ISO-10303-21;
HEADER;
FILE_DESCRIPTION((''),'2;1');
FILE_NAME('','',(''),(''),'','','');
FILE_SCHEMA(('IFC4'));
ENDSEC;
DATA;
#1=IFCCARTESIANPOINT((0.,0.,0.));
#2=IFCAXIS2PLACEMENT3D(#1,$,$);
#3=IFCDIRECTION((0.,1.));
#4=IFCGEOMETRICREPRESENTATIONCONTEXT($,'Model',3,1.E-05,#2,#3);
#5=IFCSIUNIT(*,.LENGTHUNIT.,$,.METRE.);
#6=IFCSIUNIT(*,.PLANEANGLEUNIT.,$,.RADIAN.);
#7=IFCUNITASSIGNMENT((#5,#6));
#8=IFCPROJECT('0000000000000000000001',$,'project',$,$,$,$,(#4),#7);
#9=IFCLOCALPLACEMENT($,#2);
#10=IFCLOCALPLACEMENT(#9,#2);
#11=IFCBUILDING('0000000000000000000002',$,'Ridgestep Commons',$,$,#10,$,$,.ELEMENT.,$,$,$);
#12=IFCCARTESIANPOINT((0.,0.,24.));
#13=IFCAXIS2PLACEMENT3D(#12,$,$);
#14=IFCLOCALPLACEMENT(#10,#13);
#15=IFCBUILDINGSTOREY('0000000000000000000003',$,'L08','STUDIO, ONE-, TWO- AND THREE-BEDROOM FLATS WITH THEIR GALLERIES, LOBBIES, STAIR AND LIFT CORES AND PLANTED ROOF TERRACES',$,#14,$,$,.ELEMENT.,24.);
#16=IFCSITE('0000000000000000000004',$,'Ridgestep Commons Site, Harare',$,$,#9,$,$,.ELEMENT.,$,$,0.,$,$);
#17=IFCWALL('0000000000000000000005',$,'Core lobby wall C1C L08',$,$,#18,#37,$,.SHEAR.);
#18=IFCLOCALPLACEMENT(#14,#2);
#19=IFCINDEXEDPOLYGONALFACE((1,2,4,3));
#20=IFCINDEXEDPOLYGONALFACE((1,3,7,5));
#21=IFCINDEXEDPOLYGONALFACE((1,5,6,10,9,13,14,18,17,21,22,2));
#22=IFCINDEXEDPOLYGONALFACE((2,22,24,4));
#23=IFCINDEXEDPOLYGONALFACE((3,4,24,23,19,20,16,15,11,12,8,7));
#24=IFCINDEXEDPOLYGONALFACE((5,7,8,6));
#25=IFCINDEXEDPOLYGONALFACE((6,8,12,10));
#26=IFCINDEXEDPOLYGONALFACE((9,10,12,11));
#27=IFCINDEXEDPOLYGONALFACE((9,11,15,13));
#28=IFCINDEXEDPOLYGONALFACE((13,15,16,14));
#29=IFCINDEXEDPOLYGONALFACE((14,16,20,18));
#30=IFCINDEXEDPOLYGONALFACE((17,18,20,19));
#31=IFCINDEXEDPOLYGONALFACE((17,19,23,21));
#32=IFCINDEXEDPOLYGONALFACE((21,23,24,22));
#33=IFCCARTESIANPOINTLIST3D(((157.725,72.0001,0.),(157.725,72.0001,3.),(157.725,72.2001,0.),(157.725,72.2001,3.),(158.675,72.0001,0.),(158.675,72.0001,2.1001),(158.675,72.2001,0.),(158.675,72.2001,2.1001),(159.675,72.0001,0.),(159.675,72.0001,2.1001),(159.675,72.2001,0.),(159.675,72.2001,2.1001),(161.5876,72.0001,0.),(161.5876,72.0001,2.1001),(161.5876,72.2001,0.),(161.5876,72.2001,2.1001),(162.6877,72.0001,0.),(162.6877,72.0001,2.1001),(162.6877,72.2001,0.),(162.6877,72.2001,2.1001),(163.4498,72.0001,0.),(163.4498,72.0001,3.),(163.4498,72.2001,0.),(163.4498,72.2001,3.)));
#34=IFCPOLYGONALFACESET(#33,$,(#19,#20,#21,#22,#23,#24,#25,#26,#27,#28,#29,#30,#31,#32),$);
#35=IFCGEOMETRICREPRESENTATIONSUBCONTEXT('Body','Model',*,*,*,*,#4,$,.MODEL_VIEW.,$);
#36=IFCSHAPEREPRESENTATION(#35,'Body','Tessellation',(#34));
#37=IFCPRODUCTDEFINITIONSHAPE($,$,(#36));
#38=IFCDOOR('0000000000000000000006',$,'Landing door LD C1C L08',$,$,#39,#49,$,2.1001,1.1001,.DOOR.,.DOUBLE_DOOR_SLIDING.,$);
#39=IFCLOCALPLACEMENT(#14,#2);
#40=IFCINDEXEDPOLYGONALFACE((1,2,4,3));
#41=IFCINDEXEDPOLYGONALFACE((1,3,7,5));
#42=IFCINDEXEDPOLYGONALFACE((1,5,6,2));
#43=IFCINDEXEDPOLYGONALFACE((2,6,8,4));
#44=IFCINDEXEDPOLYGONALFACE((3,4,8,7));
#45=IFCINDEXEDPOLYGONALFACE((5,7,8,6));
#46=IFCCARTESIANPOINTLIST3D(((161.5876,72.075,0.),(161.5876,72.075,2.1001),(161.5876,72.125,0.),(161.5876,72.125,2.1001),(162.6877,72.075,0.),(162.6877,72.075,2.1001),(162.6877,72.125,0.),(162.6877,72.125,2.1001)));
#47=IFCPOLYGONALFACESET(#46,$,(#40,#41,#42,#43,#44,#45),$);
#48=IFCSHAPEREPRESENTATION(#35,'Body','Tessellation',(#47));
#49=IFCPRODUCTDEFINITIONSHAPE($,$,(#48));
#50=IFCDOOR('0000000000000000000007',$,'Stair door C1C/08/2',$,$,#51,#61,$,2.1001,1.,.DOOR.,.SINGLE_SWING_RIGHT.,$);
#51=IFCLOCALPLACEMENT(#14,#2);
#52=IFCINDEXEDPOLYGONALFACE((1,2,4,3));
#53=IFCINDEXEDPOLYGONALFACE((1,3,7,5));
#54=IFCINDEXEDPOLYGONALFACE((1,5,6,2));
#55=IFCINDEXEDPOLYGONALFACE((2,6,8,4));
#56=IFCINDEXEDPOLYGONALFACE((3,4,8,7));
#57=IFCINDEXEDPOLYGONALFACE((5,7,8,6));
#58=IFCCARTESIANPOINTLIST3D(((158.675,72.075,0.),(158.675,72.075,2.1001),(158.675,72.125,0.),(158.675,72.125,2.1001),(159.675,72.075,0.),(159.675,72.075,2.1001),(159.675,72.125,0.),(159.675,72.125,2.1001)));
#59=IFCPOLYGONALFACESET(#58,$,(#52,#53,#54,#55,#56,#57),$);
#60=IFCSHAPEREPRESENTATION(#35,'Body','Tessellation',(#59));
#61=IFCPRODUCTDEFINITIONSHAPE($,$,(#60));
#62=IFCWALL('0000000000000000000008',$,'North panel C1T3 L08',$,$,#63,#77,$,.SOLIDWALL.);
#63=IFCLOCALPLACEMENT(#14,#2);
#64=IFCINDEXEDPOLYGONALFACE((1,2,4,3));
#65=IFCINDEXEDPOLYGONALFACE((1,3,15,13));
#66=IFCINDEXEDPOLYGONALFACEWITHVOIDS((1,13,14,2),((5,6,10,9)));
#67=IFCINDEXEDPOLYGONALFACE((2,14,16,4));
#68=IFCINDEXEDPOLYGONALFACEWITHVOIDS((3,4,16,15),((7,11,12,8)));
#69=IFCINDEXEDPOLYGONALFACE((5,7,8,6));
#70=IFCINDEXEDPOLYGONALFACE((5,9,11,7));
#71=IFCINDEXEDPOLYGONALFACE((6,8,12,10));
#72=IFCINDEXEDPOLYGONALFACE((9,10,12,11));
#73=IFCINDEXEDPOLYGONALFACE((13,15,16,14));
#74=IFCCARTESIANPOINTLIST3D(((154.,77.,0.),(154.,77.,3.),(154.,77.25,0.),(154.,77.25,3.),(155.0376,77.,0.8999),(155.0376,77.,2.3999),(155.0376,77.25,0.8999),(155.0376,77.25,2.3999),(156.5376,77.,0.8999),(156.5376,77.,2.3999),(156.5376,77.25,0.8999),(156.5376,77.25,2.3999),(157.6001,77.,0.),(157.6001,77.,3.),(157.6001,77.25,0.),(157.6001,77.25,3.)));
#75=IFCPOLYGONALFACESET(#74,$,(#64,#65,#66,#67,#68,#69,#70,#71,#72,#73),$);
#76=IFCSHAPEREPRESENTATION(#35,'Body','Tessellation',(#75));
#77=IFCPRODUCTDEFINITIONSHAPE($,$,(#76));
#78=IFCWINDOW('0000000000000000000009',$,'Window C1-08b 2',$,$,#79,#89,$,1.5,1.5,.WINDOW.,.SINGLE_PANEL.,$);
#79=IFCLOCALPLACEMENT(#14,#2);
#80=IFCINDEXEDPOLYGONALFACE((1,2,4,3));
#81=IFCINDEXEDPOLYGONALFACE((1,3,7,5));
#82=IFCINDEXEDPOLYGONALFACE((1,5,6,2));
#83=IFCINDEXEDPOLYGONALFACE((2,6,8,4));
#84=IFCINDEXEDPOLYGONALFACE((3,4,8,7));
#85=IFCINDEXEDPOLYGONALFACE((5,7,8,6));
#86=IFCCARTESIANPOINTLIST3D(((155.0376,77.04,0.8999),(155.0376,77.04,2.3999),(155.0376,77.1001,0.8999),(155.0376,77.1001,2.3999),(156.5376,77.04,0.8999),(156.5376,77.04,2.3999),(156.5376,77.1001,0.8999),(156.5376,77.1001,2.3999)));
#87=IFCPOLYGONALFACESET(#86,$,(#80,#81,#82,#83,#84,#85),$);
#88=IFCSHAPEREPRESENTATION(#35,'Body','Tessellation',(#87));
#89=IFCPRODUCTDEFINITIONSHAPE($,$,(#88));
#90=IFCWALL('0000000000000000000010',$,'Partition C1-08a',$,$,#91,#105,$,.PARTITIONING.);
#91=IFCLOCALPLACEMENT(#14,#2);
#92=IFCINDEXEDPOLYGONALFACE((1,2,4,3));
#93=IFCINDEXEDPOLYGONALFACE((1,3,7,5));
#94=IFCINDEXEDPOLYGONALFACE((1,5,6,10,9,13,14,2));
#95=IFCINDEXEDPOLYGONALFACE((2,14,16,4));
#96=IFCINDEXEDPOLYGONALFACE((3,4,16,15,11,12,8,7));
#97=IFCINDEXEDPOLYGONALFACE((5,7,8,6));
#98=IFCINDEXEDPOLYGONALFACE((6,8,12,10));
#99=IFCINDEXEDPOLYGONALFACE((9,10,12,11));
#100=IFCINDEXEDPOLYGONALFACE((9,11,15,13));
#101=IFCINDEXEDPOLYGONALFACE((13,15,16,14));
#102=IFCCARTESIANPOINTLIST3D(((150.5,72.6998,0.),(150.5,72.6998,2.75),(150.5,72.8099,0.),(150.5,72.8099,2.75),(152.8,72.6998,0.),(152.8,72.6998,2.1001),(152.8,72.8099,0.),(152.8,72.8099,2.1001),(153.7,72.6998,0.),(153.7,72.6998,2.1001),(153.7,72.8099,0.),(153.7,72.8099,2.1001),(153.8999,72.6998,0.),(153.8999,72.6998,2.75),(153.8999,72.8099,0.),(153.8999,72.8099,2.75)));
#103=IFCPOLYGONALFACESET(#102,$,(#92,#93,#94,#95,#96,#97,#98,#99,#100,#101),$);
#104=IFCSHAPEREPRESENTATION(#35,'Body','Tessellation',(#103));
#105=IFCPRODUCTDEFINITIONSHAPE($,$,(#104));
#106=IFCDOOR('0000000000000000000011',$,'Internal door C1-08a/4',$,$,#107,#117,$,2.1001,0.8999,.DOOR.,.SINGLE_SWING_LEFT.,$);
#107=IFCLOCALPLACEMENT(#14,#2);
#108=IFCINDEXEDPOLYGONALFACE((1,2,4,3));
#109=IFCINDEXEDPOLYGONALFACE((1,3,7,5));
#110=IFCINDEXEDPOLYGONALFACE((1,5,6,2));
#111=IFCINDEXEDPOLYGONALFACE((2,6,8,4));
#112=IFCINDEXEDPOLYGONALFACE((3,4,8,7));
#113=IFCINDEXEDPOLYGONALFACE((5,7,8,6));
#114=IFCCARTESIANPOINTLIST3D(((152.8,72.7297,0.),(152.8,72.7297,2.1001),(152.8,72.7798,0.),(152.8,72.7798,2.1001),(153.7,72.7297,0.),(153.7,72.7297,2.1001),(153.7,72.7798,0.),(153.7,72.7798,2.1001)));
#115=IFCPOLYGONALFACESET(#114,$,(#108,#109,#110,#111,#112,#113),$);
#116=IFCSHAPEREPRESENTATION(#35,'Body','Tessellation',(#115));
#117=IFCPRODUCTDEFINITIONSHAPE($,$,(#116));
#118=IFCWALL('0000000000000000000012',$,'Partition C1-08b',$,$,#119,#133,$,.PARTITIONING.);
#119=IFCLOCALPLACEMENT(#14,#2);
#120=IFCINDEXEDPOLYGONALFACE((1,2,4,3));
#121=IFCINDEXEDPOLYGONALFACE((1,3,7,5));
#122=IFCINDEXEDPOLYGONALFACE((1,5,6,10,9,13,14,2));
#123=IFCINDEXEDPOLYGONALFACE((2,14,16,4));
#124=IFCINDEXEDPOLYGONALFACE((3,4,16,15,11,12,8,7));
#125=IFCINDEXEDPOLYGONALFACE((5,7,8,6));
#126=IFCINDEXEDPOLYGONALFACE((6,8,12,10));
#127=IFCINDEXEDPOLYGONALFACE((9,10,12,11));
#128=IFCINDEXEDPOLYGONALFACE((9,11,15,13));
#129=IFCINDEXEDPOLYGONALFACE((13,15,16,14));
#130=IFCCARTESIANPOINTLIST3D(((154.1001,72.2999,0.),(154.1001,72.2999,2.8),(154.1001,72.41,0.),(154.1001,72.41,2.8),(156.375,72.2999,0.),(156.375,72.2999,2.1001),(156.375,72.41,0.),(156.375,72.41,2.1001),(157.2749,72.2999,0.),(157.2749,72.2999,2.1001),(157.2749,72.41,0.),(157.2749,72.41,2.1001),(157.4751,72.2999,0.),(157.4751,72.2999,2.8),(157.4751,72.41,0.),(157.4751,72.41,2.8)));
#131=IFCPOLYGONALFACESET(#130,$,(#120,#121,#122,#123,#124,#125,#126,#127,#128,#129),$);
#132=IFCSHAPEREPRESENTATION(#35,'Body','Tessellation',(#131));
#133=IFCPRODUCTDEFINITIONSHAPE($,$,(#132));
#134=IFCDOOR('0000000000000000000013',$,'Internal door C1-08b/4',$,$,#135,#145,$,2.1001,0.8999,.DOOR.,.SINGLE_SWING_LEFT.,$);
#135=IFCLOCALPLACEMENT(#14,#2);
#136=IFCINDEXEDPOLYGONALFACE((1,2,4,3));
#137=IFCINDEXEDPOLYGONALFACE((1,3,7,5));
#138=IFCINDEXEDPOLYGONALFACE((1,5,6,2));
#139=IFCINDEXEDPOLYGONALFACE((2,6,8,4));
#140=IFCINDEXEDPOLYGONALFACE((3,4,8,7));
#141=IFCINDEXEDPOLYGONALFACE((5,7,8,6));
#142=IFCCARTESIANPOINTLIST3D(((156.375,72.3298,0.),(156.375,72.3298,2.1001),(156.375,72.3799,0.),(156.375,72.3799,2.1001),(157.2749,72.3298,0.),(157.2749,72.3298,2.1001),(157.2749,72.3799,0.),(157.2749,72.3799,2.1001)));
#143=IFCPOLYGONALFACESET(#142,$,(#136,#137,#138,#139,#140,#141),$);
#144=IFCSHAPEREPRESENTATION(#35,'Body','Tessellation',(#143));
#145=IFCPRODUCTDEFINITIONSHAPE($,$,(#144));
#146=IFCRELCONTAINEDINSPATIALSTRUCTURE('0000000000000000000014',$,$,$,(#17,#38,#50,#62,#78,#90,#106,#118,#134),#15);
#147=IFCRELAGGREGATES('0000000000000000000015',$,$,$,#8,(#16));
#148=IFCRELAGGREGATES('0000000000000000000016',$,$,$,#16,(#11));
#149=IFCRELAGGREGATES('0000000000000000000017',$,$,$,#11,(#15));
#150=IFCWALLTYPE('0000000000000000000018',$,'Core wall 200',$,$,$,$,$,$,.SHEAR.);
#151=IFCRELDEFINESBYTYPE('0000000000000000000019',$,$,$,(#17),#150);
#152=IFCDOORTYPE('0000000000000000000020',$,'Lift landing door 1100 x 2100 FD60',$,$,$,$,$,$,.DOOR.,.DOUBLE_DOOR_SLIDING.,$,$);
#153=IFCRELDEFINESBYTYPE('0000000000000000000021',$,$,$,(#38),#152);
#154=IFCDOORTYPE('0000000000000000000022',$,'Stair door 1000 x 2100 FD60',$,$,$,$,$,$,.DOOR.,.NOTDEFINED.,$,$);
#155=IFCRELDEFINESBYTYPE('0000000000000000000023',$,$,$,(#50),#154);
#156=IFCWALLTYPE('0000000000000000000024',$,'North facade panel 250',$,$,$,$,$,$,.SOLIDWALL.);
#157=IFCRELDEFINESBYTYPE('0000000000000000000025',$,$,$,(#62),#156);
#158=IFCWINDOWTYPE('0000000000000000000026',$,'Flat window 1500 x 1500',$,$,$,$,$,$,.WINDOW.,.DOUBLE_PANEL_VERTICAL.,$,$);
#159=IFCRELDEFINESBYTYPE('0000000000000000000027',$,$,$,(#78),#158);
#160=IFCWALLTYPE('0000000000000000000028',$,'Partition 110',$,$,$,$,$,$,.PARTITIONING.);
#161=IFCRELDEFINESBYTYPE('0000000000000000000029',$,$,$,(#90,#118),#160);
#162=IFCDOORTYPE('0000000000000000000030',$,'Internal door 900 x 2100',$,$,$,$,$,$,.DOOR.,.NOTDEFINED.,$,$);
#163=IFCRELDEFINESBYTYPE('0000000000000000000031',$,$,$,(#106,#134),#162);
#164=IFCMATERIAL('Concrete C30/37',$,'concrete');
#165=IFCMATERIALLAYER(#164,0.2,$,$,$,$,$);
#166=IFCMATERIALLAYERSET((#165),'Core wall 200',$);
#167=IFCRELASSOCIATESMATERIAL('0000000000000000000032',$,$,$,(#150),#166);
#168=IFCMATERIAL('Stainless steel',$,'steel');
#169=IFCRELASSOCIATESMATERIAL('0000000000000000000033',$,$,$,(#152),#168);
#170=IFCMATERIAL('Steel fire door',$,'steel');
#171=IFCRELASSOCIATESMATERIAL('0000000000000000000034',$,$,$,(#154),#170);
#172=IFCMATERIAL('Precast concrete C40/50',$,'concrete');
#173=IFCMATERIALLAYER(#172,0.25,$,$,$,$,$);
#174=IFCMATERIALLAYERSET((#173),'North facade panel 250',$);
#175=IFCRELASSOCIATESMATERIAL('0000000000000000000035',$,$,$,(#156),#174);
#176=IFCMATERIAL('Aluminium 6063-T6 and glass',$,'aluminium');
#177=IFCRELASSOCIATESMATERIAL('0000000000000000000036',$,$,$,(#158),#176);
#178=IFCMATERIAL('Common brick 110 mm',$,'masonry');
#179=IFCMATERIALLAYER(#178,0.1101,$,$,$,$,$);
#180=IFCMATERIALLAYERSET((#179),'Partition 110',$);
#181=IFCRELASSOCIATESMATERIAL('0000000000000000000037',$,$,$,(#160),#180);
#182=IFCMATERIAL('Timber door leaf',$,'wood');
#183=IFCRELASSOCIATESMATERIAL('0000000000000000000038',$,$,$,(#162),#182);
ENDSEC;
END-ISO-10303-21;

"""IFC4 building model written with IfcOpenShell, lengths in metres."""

from ifc_helpers import new_model, si_unit, direction, frame, frame_2d, origin, place, context, subcontext, project, spatial, rectangle, extrude, material, layer, layer_set, type_object, element, fill, save


model = new_model("IFC4")

# Units and contexts
model_context = context("Model", 3, precision=1e-05, world=origin(), true_north=direction((0.0, 1.0)))
body_context = subcontext(model_context, "Body", "Model", "MODEL_VIEW")
ifc_project = project(units=[si_unit("LENGTHUNIT", "METRE"), si_unit("PLANEANGLEUNIT", "RADIAN")], contexts=[model_context])

# Site, building, storey
site_placement = place(None, origin())
site = spatial("IfcSite", under=ifc_project, at=site_placement, Name="Ridgestep Commons Site, Harare", CompositionType="ELEMENT", RefElevation=0.0)
building_placement = place(site_placement, origin())
building = spatial("IfcBuilding", under=site, at=building_placement, Name="Ridgestep Commons", CompositionType="ELEMENT")
storey_placement = place(building_placement, frame((0.0, 0.0, 24.0)))
storey = spatial("IfcBuildingStorey", under=building, at=storey_placement, Name="L08", Description="STUDIO, ONE-, TWO- AND THREE-BEDROOM FLATS WITH THEIR GALLERIES, LOBBIES, STAIR AND LIFT CORES AND PLANTED ROOF TERRACES", CompositionType="ELEMENT", Elevation=24.0)

# Wall, openings, doors
ifc_material_1 = material(Name="Concrete C30/37", Category="concrete")
ifc_layer_1 = layer(ifc_material_1, 0.2)
ifc_layer_set_1 = layer_set([ifc_layer_1], Name="Core wall 200")
wall_type_1 = type_object("IfcWallType", Name="Core wall 200", PredefinedType="SHEAR", material=ifc_layer_set_1)
wall_1_placement = place(storey_placement, frame((157.7251, 72.1001, 0.0), z_axis=(0.0, 0.0, 1.0), x_axis=(1.0, 0.0, 0.0)))
wall_1 = element("IfcWall", 1, at=wall_1_placement, inside=storey, type_object=wall_type_1, Name="Core lobby wall C1C L08", PredefinedType="SHEAR", context=body_context, shape_type="SweptSolid", body=[
    extrude(rectangle(XDim=5.7249, YDim=0.2, at=frame_2d((2.8623, 0.0))), origin(), (0.0, 0.0, 1.0), 3.0),
])
opening_1_placement = place(wall_1_placement, frame((0.95, 0.0, 0.0)))
opening_1 = element("IfcOpeningElement", 2, at=opening_1_placement, cuts=wall_1, PredefinedType="OPENING", context=body_context, shape_type="SweptSolid", body=[
    extrude(rectangle(XDim=1.0, YDim=2.1001, at=frame_2d((0.5, 1.05))), frame((0.0, 0.1099, 0.0), z_axis=(0.0, -1.0, 0.0), x_axis=(1.0, 0.0, 0.0)), (0.0, 0.0, 1.0), 0.22),
])
opening_2_placement = place(wall_1_placement, frame((3.8625, 0.0, 0.0)))
opening_2 = element("IfcOpeningElement", 3, at=opening_2_placement, cuts=wall_1, PredefinedType="OPENING", context=body_context, shape_type="SweptSolid", body=[
    extrude(rectangle(XDim=1.1001, YDim=2.1001, at=frame_2d((0.55, 1.05))), frame((0.0, 0.1099, 0.0), z_axis=(0.0, -1.0, 0.0), x_axis=(1.0, 0.0, 0.0)), (0.0, 0.0, 1.0), 0.22),
])
ifc_material_2 = material(Name="Stainless steel", Category="steel")
door_type_1 = type_object("IfcDoorType", Name="Lift landing door 1100 x 2100 FD60", OperationType="DOUBLE_DOOR_SLIDING", PredefinedType="DOOR", material=ifc_material_2)
door_1_placement = place(opening_2_placement, origin())
door_1 = element("IfcDoor", 4, at=door_1_placement, inside=storey, type_object=door_type_1, Name="Landing door LD C1C L08", OperationType="DOUBLE_DOOR_SLIDING", OverallHeight=2.1001, OverallWidth=1.1001, PredefinedType="DOOR", context=body_context, shape_type="SweptSolid", body=[
    extrude(rectangle(XDim=1.1001, YDim=2.1001, at=frame_2d((0.55, 1.05))), frame((0.0, 0.0249, 0.0), z_axis=(0.0, -1.0, 0.0), x_axis=(1.0, 0.0, 0.0)), (0.0, 0.0, 1.0), 0.05),
])
fill(opening_2, door_1)
ifc_material_3 = material(Name="Steel fire door", Category="steel")
door_type_2 = type_object("IfcDoorType", Name="Stair door 1000 x 2100 FD60", OperationType="NOTDEFINED", PredefinedType="DOOR", material=ifc_material_3)
door_2_placement = place(opening_1_placement, origin())
door_2 = element("IfcDoor", 5, at=door_2_placement, inside=storey, type_object=door_type_2, Name="Stair door C1C/08/2", OperationType="SINGLE_SWING_RIGHT", OverallHeight=2.1001, OverallWidth=1.0, PredefinedType="DOOR", context=body_context, shape_type="SweptSolid", body=[
    extrude(rectangle(XDim=1.0, YDim=2.1001, at=frame_2d((0.5, 1.05))), frame((0.0, 0.0249, 0.0), z_axis=(0.0, -1.0, 0.0), x_axis=(1.0, 0.0, 0.0)), (0.0, 0.0, 1.0), 0.05),
])
fill(opening_1, door_2)

# Wall, opening, window
ifc_material_4 = material(Name="Precast concrete C40/50", Category="concrete")
ifc_layer_2 = layer(ifc_material_4, 0.25)
ifc_layer_set_2 = layer_set([ifc_layer_2], Name="North facade panel 250")
wall_type_2 = type_object("IfcWallType", Name="North facade panel 250", PredefinedType="SOLIDWALL", material=ifc_layer_set_2)
wall_2_placement = place(storey_placement, frame((154.0, 77.125, 0.0), z_axis=(0.0, 0.0, 1.0), x_axis=(1.0, 0.0, 0.0)))
wall_2 = element("IfcWall", 6, at=wall_2_placement, inside=storey, type_object=wall_type_2, Name="North panel C1T3 L08", PredefinedType="SOLIDWALL", context=body_context, shape_type="SweptSolid", body=[
    extrude(rectangle(XDim=3.6001, YDim=0.25, at=frame_2d((1.8, 0.0))), origin(), (0.0, 0.0, 1.0), 3.0),
])
opening_3_placement = place(wall_2_placement, frame((1.0376, 0.0, 0.8999)))
opening_3 = element("IfcOpeningElement", 7, at=opening_3_placement, cuts=wall_2, PredefinedType="OPENING", context=body_context, shape_type="SweptSolid", body=[
    extrude(rectangle(XDim=1.5, YDim=1.5, at=frame_2d((0.75, 0.75))), frame((0.0, 0.135, 0.0), z_axis=(0.0, -1.0, 0.0), x_axis=(1.0, 0.0, 0.0)), (0.0, 0.0, 1.0), 0.27),
])
ifc_material_5 = material(Name="Aluminium 6063-T6 and glass", Category="aluminium")
window_type = type_object("IfcWindowType", Name="Flat window 1500 x 1500", PartitioningType="DOUBLE_PANEL_VERTICAL", PredefinedType="WINDOW", material=ifc_material_5)
window_placement = place(opening_3_placement, origin())
window = element("IfcWindow", 8, at=window_placement, inside=storey, type_object=window_type, Name="Window C1-08b 2", OverallHeight=1.5, OverallWidth=1.5, PartitioningType="SINGLE_PANEL", PredefinedType="WINDOW", context=body_context, shape_type="SweptSolid", body=[
    extrude(rectangle(XDim=1.5, YDim=1.5, at=frame_2d((0.75, 0.75))), frame((0.0, -0.0249, 0.0), z_axis=(0.0, -1.0, 0.0), x_axis=(1.0, 0.0, 0.0)), (0.0, 0.0, 1.0), 0.0601),
])
fill(opening_3, window)

# Walls, openings, doors
ifc_material_6 = material(Name="Common brick 110 mm", Category="masonry")
ifc_layer_3 = layer(ifc_material_6, 0.1101)
ifc_layer_set_3 = layer_set([ifc_layer_3], Name="Partition 110")
wall_type_3 = type_object("IfcWallType", Name="Partition 110", PredefinedType="PARTITIONING", material=ifc_layer_set_3)
wall_3_placement = place(storey_placement, frame((150.5, 72.7549, 0.0), z_axis=(0.0, 0.0, 1.0), x_axis=(1.0, 0.0, 0.0)))
wall_3 = element("IfcWall", 9, at=wall_3_placement, inside=storey, type_object=wall_type_3, Name="Partition C1-08a", PredefinedType="PARTITIONING", context=body_context, shape_type="SweptSolid", body=[
    extrude(rectangle(XDim=3.3999, YDim=0.1101, at=frame_2d((1.7, 0.0))), origin(), (0.0, 0.0, 1.0), 2.75),
])
opening_4_placement = place(wall_3_placement, frame((2.3, 0.0, 0.0)))
opening_4 = element("IfcOpeningElement", 10, at=opening_4_placement, cuts=wall_3, PredefinedType="OPENING", context=body_context, shape_type="SweptSolid", body=[
    extrude(rectangle(XDim=0.8999, YDim=2.1001, at=frame_2d((0.45, 1.05))), frame((0.0, 0.0649, 0.0), z_axis=(0.0, -1.0, 0.0), x_axis=(1.0, 0.0, 0.0)), (0.0, 0.0, 1.0), 0.1301),
])
ifc_material_7 = material(Name="Timber door leaf", Category="wood")
door_type_3 = type_object("IfcDoorType", Name="Internal door 900 x 2100", OperationType="NOTDEFINED", PredefinedType="DOOR", material=ifc_material_7)
door_3_placement = place(opening_4_placement, origin())
door_3 = element("IfcDoor", 11, at=door_3_placement, inside=storey, type_object=door_type_3, Name="Internal door C1-08a/4", OperationType="SINGLE_SWING_LEFT", OverallHeight=2.1001, OverallWidth=0.8999, PredefinedType="DOOR", context=body_context, shape_type="SweptSolid", body=[
    extrude(rectangle(XDim=0.8999, YDim=2.1001, at=frame_2d((0.45, 1.05))), frame((0.0, 0.0249, 0.0), z_axis=(0.0, -1.0, 0.0), x_axis=(1.0, 0.0, 0.0)), (0.0, 0.0, 1.0), 0.05),
])
fill(opening_4, door_3)
wall_4_placement = place(storey_placement, frame((154.1001, 72.355, 0.0), z_axis=(0.0, 0.0, 1.0), x_axis=(1.0, 0.0, 0.0)))
wall_4 = element("IfcWall", 12, at=wall_4_placement, inside=storey, type_object=wall_type_3, Name="Partition C1-08b", PredefinedType="PARTITIONING", context=body_context, shape_type="SweptSolid", body=[
    extrude(rectangle(XDim=3.375, YDim=0.1101, at=frame_2d((1.6875, 0.0))), origin(), (0.0, 0.0, 1.0), 2.8),
])
opening_5_placement = place(wall_4_placement, frame((2.2749, 0.0, 0.0)))
opening_5 = element("IfcOpeningElement", 13, at=opening_5_placement, cuts=wall_4, PredefinedType="OPENING", context=body_context, shape_type="SweptSolid", body=[
    extrude(rectangle(XDim=0.8999, YDim=2.1001, at=frame_2d((0.45, 1.05))), frame((0.0, 0.0649, 0.0), z_axis=(0.0, -1.0, 0.0), x_axis=(1.0, 0.0, 0.0)), (0.0, 0.0, 1.0), 0.1301),
])
door_4_placement = place(opening_5_placement, origin())
door_4 = element("IfcDoor", 14, at=door_4_placement, inside=storey, type_object=door_type_3, Name="Internal door C1-08b/4", OperationType="SINGLE_SWING_LEFT", OverallHeight=2.1001, OverallWidth=0.8999, PredefinedType="DOOR", context=body_context, shape_type="SweptSolid", body=[
    extrude(rectangle(XDim=0.8999, YDim=2.1001, at=frame_2d((0.45, 1.05))), frame((0.0, 0.0249, 0.0), z_axis=(0.0, -1.0, 0.0), x_axis=(1.0, 0.0, 0.0)), (0.0, 0.0, 1.0), 0.05),
])
fill(opening_5, door_4)

save(model, "model.ifc")
